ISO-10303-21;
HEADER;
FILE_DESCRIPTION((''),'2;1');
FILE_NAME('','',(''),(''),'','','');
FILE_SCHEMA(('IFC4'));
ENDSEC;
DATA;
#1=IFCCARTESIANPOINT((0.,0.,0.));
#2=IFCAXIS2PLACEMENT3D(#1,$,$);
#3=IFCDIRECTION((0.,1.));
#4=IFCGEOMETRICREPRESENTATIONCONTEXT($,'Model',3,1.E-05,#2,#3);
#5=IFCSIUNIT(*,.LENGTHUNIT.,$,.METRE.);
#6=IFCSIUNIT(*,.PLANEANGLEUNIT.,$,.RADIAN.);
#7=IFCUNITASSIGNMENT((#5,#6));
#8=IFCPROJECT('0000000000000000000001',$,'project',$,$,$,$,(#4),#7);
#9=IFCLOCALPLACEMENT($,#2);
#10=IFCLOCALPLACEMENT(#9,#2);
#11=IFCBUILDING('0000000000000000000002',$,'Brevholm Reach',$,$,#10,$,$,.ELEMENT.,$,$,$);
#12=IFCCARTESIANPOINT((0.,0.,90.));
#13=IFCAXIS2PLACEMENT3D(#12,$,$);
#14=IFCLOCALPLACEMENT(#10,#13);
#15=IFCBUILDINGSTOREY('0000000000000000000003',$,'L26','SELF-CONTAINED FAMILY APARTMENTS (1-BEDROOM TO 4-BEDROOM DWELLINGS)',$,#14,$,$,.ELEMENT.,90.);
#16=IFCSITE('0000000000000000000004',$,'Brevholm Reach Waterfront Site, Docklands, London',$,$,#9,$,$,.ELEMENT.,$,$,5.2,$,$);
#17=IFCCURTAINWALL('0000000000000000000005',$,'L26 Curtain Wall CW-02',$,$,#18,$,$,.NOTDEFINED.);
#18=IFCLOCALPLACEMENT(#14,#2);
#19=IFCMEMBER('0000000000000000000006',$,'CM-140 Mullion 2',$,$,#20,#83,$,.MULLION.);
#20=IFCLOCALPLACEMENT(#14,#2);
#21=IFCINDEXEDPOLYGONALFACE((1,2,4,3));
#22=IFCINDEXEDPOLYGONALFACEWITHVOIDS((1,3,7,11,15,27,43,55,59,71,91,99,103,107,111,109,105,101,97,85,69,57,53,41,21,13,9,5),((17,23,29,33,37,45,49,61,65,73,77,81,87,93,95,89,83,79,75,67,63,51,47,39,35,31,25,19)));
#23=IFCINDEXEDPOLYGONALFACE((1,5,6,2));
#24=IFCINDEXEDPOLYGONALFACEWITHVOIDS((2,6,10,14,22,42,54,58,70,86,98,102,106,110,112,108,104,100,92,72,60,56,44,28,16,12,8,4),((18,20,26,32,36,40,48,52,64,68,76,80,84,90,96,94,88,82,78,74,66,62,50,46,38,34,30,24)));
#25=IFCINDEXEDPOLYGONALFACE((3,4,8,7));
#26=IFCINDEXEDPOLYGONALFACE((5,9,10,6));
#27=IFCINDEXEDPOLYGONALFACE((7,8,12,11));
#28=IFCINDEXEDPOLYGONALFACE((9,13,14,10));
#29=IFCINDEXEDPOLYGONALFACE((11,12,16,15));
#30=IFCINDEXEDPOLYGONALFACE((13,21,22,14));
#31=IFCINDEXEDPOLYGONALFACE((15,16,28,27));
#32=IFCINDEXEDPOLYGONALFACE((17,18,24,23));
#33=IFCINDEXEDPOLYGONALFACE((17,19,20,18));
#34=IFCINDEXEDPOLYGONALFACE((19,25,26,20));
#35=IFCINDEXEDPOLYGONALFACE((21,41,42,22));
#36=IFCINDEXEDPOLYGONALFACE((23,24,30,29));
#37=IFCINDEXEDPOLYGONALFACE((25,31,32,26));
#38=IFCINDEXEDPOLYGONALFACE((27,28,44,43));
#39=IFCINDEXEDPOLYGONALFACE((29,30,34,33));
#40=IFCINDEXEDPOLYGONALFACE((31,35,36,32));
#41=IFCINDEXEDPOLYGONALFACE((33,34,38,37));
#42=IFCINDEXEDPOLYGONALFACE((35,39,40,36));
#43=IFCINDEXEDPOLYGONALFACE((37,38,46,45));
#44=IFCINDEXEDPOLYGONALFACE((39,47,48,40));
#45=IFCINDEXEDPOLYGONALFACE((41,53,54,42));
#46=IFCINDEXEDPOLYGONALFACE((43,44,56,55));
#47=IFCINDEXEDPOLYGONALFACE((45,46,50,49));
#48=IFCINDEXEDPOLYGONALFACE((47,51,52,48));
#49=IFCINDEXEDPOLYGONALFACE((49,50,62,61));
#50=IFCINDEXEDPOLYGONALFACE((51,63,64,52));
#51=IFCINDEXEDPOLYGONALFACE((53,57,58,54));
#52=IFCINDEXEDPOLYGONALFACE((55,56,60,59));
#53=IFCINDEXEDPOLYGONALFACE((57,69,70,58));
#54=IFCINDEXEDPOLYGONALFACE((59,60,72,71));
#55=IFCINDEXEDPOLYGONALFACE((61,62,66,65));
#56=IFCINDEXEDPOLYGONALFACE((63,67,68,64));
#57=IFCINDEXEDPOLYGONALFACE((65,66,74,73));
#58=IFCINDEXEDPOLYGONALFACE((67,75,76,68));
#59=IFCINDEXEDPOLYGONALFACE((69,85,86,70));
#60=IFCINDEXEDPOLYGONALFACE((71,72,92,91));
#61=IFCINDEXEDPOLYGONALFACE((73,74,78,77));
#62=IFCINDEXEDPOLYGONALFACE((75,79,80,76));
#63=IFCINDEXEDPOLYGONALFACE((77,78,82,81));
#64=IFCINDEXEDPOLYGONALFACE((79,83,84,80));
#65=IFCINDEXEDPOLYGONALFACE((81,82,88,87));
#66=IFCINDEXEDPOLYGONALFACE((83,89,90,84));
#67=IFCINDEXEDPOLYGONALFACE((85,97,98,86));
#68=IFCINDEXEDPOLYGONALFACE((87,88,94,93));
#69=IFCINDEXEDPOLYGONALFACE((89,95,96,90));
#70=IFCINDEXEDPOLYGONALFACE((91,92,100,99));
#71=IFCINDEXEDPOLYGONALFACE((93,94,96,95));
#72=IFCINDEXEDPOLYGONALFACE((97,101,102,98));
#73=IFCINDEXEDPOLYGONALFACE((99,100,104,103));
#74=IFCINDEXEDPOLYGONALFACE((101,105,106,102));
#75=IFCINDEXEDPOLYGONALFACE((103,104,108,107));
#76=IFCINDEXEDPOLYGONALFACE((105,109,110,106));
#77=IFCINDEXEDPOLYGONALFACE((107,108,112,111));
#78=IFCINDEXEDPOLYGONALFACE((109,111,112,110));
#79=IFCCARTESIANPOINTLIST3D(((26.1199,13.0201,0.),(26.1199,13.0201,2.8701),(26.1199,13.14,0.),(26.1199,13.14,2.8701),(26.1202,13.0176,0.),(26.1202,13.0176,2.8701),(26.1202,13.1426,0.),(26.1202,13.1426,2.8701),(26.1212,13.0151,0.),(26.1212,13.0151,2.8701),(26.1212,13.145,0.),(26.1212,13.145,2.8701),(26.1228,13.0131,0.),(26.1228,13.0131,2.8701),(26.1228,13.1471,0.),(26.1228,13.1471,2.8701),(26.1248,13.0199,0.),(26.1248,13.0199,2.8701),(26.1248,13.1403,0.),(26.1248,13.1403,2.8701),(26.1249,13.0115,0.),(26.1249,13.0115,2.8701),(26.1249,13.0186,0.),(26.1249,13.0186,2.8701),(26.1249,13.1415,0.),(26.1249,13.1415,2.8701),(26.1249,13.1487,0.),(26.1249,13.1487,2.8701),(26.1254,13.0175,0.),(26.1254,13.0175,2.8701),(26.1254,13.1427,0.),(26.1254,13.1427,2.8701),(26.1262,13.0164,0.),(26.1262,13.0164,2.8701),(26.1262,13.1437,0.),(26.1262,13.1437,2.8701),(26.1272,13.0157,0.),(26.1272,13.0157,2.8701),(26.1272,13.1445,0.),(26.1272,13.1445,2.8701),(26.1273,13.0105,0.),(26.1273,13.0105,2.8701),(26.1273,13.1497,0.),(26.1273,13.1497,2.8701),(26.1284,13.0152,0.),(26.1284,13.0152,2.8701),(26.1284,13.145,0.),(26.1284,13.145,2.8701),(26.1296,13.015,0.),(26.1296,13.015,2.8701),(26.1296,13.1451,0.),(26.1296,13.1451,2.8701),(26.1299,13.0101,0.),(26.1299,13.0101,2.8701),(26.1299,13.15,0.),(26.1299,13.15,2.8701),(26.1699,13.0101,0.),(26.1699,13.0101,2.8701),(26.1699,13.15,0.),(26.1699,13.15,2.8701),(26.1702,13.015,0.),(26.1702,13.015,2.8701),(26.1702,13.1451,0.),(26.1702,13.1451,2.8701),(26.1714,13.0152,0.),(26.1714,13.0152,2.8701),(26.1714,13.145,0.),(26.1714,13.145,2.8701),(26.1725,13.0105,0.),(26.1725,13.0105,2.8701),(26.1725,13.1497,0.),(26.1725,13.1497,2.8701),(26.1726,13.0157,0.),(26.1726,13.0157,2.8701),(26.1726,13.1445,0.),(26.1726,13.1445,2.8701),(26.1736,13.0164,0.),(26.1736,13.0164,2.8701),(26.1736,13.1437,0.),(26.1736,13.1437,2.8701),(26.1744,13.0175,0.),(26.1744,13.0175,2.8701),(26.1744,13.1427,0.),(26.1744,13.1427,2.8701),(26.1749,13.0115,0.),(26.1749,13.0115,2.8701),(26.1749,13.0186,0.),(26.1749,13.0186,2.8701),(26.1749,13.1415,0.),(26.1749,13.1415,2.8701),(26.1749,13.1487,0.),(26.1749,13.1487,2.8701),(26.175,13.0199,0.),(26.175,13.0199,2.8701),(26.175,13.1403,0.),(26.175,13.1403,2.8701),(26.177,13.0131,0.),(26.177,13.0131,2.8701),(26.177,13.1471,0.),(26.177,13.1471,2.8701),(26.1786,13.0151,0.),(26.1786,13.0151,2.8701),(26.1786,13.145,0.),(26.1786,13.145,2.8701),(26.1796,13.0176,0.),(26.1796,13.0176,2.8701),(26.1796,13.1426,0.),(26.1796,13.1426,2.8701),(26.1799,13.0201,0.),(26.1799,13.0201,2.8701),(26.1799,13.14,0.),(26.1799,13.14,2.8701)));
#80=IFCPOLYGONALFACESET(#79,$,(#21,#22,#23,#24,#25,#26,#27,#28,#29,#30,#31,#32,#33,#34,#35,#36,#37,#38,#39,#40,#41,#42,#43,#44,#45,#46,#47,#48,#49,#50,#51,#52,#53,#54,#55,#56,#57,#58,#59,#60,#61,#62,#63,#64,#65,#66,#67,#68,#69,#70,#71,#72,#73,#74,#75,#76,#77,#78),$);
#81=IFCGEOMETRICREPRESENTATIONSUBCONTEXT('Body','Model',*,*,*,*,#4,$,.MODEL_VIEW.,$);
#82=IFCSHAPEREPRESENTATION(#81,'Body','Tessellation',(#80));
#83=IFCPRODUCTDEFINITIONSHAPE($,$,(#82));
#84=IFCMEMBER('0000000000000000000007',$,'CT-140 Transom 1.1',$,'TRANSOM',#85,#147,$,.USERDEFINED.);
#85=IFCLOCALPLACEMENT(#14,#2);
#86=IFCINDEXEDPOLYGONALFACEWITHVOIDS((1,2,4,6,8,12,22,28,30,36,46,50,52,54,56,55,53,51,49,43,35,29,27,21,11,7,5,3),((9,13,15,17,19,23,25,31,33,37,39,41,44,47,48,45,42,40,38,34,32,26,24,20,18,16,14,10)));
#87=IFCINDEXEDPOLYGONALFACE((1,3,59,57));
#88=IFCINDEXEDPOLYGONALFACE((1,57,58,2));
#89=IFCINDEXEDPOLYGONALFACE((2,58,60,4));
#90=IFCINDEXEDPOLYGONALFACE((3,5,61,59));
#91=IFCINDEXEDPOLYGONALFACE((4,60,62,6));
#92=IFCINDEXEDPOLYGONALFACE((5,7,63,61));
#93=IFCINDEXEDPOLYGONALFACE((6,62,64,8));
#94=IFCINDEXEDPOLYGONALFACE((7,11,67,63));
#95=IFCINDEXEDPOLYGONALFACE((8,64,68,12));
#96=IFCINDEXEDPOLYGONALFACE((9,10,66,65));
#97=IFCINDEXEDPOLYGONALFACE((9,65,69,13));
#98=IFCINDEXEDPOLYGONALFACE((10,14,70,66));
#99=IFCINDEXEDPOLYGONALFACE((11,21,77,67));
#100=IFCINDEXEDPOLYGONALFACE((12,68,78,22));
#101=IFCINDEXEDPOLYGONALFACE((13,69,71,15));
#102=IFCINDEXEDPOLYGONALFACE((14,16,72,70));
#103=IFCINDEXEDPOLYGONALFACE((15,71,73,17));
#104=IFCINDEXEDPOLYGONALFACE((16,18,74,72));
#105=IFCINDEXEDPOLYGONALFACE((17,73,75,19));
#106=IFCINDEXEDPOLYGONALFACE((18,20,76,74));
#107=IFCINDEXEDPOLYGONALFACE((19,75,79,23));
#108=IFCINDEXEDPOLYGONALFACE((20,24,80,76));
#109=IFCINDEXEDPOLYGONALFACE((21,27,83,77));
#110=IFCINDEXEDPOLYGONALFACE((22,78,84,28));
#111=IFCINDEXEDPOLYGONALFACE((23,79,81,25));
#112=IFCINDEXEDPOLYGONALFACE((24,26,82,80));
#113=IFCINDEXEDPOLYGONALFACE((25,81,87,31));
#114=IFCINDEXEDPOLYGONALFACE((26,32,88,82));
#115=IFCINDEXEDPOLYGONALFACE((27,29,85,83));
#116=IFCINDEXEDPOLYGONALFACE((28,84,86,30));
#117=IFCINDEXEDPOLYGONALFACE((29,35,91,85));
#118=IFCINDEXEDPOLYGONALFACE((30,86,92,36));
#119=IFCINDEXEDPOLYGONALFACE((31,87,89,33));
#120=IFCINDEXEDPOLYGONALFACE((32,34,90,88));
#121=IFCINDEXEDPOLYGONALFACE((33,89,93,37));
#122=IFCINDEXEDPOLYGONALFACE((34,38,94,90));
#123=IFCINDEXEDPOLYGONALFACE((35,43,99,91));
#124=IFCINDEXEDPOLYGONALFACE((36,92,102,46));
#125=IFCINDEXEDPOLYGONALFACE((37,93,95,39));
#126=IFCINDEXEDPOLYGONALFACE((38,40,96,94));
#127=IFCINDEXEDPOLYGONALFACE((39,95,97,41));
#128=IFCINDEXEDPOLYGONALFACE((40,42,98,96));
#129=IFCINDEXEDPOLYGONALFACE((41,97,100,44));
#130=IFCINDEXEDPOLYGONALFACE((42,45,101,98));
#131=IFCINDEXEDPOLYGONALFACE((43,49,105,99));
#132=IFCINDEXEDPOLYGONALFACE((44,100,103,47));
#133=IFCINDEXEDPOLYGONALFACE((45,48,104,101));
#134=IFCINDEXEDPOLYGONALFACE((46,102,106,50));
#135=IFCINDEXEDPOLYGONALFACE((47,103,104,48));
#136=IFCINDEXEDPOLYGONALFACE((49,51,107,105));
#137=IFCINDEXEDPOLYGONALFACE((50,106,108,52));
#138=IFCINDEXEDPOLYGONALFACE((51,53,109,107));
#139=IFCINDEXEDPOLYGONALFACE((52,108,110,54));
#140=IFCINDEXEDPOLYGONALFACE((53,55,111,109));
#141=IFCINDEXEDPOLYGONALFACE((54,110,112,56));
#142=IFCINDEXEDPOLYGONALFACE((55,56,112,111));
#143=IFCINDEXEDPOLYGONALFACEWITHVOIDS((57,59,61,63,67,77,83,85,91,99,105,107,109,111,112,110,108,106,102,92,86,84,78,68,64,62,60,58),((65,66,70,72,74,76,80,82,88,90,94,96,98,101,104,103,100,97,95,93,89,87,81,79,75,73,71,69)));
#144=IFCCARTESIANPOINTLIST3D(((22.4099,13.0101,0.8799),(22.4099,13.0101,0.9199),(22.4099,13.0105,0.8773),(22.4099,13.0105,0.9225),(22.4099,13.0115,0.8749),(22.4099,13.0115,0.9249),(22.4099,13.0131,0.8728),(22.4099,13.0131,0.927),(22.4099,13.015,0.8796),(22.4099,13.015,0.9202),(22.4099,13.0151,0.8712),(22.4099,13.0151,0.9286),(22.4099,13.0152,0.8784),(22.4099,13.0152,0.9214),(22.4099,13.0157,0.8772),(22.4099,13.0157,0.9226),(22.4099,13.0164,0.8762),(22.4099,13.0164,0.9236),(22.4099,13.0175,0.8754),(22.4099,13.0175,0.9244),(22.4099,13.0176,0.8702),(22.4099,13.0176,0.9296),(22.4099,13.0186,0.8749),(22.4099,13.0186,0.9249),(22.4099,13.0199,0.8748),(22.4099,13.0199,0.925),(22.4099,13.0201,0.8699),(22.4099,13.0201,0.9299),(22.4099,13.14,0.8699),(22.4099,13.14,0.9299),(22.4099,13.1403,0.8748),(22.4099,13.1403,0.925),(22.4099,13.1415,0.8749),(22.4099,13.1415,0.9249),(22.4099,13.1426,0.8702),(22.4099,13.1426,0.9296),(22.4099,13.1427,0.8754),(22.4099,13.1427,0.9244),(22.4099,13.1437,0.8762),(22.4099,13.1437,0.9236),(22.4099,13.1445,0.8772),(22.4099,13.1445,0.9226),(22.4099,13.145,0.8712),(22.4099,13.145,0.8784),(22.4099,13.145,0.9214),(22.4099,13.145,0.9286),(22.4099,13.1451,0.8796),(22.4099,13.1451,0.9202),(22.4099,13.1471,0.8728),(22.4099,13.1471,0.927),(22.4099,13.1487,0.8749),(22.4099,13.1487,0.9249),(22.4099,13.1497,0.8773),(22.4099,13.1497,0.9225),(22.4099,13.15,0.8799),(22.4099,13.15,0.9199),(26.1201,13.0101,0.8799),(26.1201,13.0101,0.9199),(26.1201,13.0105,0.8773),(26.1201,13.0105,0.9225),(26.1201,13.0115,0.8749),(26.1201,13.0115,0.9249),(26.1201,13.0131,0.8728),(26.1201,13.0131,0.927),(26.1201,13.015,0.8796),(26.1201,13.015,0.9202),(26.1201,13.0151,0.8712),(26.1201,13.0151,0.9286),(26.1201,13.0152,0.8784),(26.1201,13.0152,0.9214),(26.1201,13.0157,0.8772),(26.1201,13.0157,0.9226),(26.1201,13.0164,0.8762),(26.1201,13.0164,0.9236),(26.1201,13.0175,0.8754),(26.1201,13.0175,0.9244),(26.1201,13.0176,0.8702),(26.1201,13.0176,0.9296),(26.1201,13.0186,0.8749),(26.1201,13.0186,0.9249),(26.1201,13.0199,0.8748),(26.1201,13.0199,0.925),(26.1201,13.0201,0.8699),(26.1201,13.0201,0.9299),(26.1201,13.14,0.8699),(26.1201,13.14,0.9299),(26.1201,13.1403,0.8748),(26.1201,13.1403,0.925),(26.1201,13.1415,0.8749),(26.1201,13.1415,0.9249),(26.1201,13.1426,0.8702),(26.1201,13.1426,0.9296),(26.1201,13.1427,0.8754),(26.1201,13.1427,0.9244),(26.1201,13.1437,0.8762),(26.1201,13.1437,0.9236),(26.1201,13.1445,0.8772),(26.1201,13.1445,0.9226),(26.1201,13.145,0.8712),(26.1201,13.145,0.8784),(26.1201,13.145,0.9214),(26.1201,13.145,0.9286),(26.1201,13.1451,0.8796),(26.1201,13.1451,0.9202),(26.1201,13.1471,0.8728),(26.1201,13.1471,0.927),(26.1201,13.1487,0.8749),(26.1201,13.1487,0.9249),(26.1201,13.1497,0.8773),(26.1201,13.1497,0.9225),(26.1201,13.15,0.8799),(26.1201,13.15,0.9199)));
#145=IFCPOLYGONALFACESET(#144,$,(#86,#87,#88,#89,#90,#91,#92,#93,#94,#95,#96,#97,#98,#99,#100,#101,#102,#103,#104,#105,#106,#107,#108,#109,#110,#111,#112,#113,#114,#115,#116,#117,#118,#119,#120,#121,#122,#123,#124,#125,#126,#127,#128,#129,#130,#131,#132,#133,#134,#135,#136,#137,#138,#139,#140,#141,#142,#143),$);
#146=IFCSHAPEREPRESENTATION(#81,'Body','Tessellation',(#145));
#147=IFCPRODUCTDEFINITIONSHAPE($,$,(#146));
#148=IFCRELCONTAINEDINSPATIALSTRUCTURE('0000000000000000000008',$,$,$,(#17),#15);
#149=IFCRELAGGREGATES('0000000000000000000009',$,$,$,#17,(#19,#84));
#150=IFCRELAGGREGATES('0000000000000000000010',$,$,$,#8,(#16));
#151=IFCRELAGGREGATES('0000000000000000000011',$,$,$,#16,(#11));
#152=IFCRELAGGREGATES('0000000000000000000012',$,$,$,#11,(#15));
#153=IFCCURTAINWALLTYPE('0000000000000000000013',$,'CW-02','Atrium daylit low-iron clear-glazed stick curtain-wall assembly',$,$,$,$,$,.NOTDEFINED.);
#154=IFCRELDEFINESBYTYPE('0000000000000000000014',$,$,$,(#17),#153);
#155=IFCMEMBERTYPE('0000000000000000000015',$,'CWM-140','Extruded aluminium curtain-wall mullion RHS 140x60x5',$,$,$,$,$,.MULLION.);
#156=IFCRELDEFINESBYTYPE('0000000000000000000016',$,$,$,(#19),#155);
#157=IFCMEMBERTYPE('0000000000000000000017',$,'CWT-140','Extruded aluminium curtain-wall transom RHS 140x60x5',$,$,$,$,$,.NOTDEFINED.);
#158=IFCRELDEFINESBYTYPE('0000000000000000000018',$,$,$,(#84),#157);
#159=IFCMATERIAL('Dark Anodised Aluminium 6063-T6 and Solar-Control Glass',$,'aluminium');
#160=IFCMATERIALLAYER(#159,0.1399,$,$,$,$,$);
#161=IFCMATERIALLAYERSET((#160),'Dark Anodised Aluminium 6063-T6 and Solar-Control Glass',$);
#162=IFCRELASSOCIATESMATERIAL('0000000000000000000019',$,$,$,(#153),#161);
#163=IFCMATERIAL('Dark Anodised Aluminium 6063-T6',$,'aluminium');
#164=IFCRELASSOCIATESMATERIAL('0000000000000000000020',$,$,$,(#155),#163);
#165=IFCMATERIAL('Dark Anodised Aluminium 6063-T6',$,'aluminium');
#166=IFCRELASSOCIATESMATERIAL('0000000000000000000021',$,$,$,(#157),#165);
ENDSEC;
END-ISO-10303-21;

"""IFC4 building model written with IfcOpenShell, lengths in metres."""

from ifc_helpers import new_model, si_unit, direction, frame, origin, origin_2d, place, context, subcontext, project, spatial, hollow_rectangle, extrude, material, layer, layer_set, material_profile, profile_set, type_object, element, aggregate, save


model = new_model("IFC4")

# Units and contexts
model_context = context("Model", 3, precision=1e-05, world=origin(), true_north=direction((0.0, 1.0)))
body_context = subcontext(model_context, "Body", "Model", "MODEL_VIEW")
ifc_project = project(units=[si_unit("LENGTHUNIT", "METRE"), si_unit("PLANEANGLEUNIT", "RADIAN")], contexts=[model_context])

# Site, building, storey
site_placement = place(None, origin())
site = spatial("IfcSite", under=ifc_project, at=site_placement, Name="Brevholm Reach Waterfront Site, Docklands, London", CompositionType="ELEMENT", RefElevation=5.2)
building_placement = place(site_placement, origin())
building = spatial("IfcBuilding", under=site, at=building_placement, Name="Brevholm Reach", CompositionType="ELEMENT")
storey_placement = place(building_placement, frame((0.0, 0.0, 90.0)))
storey = spatial("IfcBuildingStorey", under=building, at=storey_placement, Name="L26", Description="SELF-CONTAINED FAMILY APARTMENTS (1-BEDROOM TO 4-BEDROOM DWELLINGS)", CompositionType="ELEMENT", Elevation=90.0)

# Curtain wall, members
ifc_material_1 = material(Name="Dark Anodised Aluminium 6063-T6 and Solar-Control Glass", Category="aluminium")
ifc_layer_1 = layer(ifc_material_1, 0.1399)
ifc_layer_set_1 = layer_set([ifc_layer_1], Name="Dark Anodised Aluminium 6063-T6 and Solar-Control Glass")
curtain_wall_type = type_object("IfcCurtainWallType", Name="CW-02", Description="Atrium daylit low-iron clear-glazed stick curtain-wall assembly", PredefinedType="NOTDEFINED", material=ifc_layer_set_1)
curtain_wall_placement = place(storey_placement, origin())
curtain_wall = element("IfcCurtainWall", 1, at=curtain_wall_placement, inside=storey, type_object=curtain_wall_type, Name="L26 Curtain Wall CW-02", PredefinedType="NOTDEFINED")
ifc_material_2 = material(Name="Dark Anodised Aluminium 6063-T6", Category="aluminium")
ifc_material_profile_1 = material_profile(ifc_material_2, hollow_rectangle(XDim=0.0601, YDim=0.1399, WallThickness=0.0049, InnerFilletRadius=0.0049, OuterFilletRadius=0.01, at=origin_2d()), Name="RHS 140x60x5")
ifc_profile_set_1 = profile_set([ifc_material_profile_1], Name="Dark Anodised Aluminium 6063-T6")
member_type_1 = type_object("IfcMemberType", Name="CWM-140", Description="Extruded aluminium curtain-wall mullion RHS 140x60x5", PredefinedType="MULLION", material=ifc_profile_set_1)
member_1_placement = place(storey_placement, frame((26.1499, 13.0801, 0.0), z_axis=(0.0, 0.0, 1.0), x_axis=(1.0, 0.0, 0.0)))
member_1 = element("IfcMember", 2, at=member_1_placement, type_object=member_type_1, Name="CM-140 Mullion 2", PredefinedType="MULLION", context=body_context, shape_type="SweptSolid", body=[
    extrude(hollow_rectangle(XDim=0.0601, YDim=0.1399, WallThickness=0.0049, InnerFilletRadius=0.0049, OuterFilletRadius=0.01, at=origin_2d()), origin(), (0.0, 0.0, 1.0), 2.8701),
])
ifc_material_3 = material(Name="Dark Anodised Aluminium 6063-T6", Category="aluminium")
ifc_material_profile_2 = material_profile(ifc_material_3, hollow_rectangle(XDim=0.0601, YDim=0.1399, WallThickness=0.0049, InnerFilletRadius=0.0049, OuterFilletRadius=0.01, at=origin_2d()), Name="RHS 140x60x5")
ifc_profile_set_2 = profile_set([ifc_material_profile_2], Name="Dark Anodised Aluminium 6063-T6")
member_type_2 = type_object("IfcMemberType", Name="CWT-140", Description="Extruded aluminium curtain-wall transom RHS 140x60x5", PredefinedType="NOTDEFINED", material=ifc_profile_set_2)
member_2_placement = place(storey_placement, frame((22.4099, 13.0801, 0.8999), z_axis=(1.0, 0.0, 0.0), x_axis=(0.0, 0.0, 1.0)))
member_2 = element("IfcMember", 3, at=member_2_placement, type_object=member_type_2, Name="CT-140 Transom 1.1", ObjectType="TRANSOM", PredefinedType="USERDEFINED", context=body_context, shape_type="SweptSolid", body=[
    extrude(hollow_rectangle(XDim=0.0601, YDim=0.1399, WallThickness=0.0049, InnerFilletRadius=0.0049, OuterFilletRadius=0.01, at=origin_2d()), origin(), (0.0, 0.0, 1.0), 3.7102),
])
aggregate(curtain_wall, [member_1, member_2])

save(model, "model.ifc")
